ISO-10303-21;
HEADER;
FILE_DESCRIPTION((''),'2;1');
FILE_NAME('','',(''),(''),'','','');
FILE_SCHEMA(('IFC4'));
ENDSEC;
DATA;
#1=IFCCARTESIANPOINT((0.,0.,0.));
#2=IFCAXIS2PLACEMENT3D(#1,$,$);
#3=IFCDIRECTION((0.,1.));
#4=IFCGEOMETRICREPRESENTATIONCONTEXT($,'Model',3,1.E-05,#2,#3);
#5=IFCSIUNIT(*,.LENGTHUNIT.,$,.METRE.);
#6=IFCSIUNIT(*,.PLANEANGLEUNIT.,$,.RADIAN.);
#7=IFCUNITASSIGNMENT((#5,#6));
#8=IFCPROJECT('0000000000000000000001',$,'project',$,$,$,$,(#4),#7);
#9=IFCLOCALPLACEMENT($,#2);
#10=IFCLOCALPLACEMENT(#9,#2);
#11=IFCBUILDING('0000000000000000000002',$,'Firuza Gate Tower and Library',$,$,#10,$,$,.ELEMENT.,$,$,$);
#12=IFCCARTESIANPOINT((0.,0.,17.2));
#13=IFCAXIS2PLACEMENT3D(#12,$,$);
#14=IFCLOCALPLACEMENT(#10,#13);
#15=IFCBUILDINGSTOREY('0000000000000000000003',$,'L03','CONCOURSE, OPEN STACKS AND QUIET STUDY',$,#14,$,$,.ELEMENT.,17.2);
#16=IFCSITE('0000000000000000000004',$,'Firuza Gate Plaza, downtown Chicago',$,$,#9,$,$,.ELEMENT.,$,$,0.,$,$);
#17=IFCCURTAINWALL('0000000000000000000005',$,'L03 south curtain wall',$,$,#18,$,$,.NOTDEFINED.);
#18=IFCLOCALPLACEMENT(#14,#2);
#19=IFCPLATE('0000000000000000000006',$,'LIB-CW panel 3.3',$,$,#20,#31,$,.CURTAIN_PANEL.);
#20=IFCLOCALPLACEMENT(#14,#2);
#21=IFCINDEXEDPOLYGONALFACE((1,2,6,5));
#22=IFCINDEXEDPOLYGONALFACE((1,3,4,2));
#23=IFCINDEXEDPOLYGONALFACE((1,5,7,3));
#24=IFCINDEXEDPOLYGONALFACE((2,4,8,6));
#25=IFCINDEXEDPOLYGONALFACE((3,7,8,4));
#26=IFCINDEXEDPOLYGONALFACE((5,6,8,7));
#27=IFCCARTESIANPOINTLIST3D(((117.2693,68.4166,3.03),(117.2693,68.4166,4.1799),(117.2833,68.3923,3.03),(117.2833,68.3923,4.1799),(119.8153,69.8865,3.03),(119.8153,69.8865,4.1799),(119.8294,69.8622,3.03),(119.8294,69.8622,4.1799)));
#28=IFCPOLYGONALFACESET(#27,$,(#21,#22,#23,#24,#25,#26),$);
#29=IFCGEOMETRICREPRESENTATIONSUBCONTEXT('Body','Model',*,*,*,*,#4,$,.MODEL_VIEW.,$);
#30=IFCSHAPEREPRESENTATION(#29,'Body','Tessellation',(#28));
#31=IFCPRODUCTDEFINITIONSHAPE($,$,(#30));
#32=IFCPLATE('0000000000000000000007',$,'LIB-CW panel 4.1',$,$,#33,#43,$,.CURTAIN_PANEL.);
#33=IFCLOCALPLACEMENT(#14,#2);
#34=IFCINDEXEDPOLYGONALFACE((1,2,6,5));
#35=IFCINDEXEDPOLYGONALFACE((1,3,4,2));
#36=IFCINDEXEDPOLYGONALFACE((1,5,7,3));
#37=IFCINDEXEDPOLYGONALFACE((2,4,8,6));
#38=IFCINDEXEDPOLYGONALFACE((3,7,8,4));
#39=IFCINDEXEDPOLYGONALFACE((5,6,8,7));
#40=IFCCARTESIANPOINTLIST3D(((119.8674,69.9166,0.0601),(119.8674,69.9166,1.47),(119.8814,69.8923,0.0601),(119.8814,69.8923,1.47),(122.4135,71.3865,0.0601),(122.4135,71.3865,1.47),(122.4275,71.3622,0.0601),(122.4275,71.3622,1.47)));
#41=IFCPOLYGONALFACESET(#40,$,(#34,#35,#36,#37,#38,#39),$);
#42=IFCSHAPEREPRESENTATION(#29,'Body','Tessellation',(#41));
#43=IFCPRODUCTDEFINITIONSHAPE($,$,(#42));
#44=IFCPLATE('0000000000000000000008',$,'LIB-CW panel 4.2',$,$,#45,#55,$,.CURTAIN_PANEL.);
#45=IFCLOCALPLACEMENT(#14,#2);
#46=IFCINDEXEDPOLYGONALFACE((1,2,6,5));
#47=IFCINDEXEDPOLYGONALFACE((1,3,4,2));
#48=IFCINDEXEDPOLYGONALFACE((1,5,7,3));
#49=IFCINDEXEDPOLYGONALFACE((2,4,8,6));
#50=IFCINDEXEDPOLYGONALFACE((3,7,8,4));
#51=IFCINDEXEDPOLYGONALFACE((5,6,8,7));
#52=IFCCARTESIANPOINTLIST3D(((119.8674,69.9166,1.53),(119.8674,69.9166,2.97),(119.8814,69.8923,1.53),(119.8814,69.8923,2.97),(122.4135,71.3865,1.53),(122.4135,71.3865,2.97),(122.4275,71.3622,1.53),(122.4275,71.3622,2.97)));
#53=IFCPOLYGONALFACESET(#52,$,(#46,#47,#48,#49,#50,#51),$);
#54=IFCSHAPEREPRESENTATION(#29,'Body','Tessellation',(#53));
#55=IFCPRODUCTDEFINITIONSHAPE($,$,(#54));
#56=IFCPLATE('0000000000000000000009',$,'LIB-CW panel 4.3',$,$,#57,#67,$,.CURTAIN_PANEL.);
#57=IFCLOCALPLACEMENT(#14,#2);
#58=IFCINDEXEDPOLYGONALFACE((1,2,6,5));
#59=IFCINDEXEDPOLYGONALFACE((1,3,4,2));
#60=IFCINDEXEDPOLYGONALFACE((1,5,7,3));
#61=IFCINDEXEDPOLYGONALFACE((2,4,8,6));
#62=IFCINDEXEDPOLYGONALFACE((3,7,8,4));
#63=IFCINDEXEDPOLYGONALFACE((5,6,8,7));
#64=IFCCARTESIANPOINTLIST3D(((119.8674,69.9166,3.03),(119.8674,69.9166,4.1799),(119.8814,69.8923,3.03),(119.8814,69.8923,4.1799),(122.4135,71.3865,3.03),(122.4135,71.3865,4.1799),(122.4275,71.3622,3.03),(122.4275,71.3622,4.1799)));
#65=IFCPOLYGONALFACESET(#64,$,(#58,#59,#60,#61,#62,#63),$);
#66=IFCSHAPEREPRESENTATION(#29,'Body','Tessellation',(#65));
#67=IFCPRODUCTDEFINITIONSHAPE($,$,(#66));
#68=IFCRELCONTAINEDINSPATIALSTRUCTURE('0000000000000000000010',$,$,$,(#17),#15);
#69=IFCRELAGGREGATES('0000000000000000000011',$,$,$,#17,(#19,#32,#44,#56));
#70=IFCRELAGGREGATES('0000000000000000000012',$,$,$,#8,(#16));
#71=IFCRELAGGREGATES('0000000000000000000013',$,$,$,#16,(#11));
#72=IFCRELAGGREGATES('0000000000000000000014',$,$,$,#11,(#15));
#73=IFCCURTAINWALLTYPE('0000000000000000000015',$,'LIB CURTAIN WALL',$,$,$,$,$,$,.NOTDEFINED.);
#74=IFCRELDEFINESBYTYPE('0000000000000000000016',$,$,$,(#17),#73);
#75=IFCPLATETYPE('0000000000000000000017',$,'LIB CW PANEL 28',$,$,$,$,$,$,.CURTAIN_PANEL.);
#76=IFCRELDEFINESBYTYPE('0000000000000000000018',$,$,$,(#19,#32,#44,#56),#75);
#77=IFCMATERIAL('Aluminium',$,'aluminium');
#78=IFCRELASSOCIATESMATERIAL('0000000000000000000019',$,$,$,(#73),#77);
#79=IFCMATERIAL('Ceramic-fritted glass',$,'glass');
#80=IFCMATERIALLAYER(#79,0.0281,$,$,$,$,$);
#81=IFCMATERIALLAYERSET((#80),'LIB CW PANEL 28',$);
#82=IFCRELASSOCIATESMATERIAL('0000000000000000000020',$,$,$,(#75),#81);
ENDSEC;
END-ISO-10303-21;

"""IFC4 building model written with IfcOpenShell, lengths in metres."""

from ifc_helpers import new_model, si_unit, direction, frame, origin, origin_2d, place, context, subcontext, project, spatial, rectangle, extrude, material, layer, layer_set, type_object, element, aggregate, save


model = new_model("IFC4")

# Units and contexts
model_context = context("Model", 3, precision=1e-05, world=origin(), true_north=direction((0.0, 1.0)))
body_context = subcontext(model_context, "Body", "Model", "MODEL_VIEW")
ifc_project = project(units=[si_unit("LENGTHUNIT", "METRE"), si_unit("PLANEANGLEUNIT", "RADIAN")], contexts=[model_context])

# Site, building, storey
site_placement = place(None, origin())
site = spatial("IfcSite", under=ifc_project, at=site_placement, Name="Firuza Gate Plaza, downtown Chicago", CompositionType="ELEMENT", RefElevation=0.0)
building_placement = place(site_placement, origin())
building = spatial("IfcBuilding", under=site, at=building_placement, Name="Firuza Gate Tower and Library", CompositionType="ELEMENT")
storey_placement = place(building_placement, frame((0.0, 0.0, 17.2)))
storey = spatial("IfcBuildingStorey", under=building, at=storey_placement, Name="L03", Description="CONCOURSE, OPEN STACKS AND QUIET STUDY", CompositionType="ELEMENT", Elevation=17.2)

# Curtain wall, plates
ifc_material_1 = material(Name="Aluminium", Category="aluminium")
curtain_wall_type = type_object("IfcCurtainWallType", Name="LIB CURTAIN WALL", PredefinedType="NOTDEFINED", material=ifc_material_1)
curtain_wall_placement = place(storey_placement, origin())
curtain_wall = element("IfcCurtainWall", 1, at=curtain_wall_placement, inside=storey, type_object=curtain_wall_type, Name="L03 south curtain wall", PredefinedType="NOTDEFINED")
ifc_material_2 = material(Name="Ceramic-fritted glass", Category="glass")
ifc_layer = layer(ifc_material_2, 0.0281)
ifc_layer_set = layer_set([ifc_layer], Name="LIB CW PANEL 28")
plate_type = type_object("IfcPlateType", Name="LIB CW PANEL 28", PredefinedType="CURTAIN_PANEL", material=ifc_layer_set)
plate_1_placement = place(storey_placement, frame((118.5493, 69.1394, 3.03), z_axis=(0.0, 0.0, 1.0), x_axis=(0.866025, 0.500001, 0.0)))
plate_1 = element("IfcPlate", 2, at=plate_1_placement, type_object=plate_type, Name="LIB-CW panel 3.3", PredefinedType="CURTAIN_PANEL", context=body_context, shape_type="SweptSolid", body=[
    extrude(rectangle(XDim=2.9399, YDim=0.0281, at=origin_2d()), origin(), (0.0, 0.0, 1.0), 1.1499),
])
plate_2_placement = place(storey_placement, frame((121.1475, 70.6394, 0.0601), z_axis=(0.0, 0.0, 1.0), x_axis=(0.866025, 0.500001, 0.0)))
plate_2 = element("IfcPlate", 3, at=plate_2_placement, type_object=plate_type, Name="LIB-CW panel 4.1", PredefinedType="CURTAIN_PANEL", context=body_context, shape_type="SweptSolid", body=[
    extrude(rectangle(XDim=2.9399, YDim=0.0281, at=origin_2d()), origin(), (0.0, 0.0, 1.0), 1.4099),
])
plate_3_placement = place(storey_placement, frame((121.1475, 70.6394, 1.53), z_axis=(0.0, 0.0, 1.0), x_axis=(0.866025, 0.500001, 0.0)))
plate_3 = element("IfcPlate", 4, at=plate_3_placement, type_object=plate_type, Name="LIB-CW panel 4.2", PredefinedType="CURTAIN_PANEL", context=body_context, shape_type="SweptSolid", body=[
    extrude(rectangle(XDim=2.9399, YDim=0.0281, at=origin_2d()), origin(), (0.0, 0.0, 1.0), 1.4399),
])
plate_4_placement = place(storey_placement, frame((121.1475, 70.6394, 3.03), z_axis=(0.0, 0.0, 1.0), x_axis=(0.866025, 0.500001, 0.0)))
plate_4 = element("IfcPlate", 5, at=plate_4_placement, type_object=plate_type, Name="LIB-CW panel 4.3", PredefinedType="CURTAIN_PANEL", context=body_context, shape_type="SweptSolid", body=[
    extrude(rectangle(XDim=2.9399, YDim=0.0281, at=origin_2d()), origin(), (0.0, 0.0, 1.0), 1.1499),
])
aggregate(curtain_wall, [plate_1, plate_2, plate_3, plate_4])

save(model, "model.ifc")
